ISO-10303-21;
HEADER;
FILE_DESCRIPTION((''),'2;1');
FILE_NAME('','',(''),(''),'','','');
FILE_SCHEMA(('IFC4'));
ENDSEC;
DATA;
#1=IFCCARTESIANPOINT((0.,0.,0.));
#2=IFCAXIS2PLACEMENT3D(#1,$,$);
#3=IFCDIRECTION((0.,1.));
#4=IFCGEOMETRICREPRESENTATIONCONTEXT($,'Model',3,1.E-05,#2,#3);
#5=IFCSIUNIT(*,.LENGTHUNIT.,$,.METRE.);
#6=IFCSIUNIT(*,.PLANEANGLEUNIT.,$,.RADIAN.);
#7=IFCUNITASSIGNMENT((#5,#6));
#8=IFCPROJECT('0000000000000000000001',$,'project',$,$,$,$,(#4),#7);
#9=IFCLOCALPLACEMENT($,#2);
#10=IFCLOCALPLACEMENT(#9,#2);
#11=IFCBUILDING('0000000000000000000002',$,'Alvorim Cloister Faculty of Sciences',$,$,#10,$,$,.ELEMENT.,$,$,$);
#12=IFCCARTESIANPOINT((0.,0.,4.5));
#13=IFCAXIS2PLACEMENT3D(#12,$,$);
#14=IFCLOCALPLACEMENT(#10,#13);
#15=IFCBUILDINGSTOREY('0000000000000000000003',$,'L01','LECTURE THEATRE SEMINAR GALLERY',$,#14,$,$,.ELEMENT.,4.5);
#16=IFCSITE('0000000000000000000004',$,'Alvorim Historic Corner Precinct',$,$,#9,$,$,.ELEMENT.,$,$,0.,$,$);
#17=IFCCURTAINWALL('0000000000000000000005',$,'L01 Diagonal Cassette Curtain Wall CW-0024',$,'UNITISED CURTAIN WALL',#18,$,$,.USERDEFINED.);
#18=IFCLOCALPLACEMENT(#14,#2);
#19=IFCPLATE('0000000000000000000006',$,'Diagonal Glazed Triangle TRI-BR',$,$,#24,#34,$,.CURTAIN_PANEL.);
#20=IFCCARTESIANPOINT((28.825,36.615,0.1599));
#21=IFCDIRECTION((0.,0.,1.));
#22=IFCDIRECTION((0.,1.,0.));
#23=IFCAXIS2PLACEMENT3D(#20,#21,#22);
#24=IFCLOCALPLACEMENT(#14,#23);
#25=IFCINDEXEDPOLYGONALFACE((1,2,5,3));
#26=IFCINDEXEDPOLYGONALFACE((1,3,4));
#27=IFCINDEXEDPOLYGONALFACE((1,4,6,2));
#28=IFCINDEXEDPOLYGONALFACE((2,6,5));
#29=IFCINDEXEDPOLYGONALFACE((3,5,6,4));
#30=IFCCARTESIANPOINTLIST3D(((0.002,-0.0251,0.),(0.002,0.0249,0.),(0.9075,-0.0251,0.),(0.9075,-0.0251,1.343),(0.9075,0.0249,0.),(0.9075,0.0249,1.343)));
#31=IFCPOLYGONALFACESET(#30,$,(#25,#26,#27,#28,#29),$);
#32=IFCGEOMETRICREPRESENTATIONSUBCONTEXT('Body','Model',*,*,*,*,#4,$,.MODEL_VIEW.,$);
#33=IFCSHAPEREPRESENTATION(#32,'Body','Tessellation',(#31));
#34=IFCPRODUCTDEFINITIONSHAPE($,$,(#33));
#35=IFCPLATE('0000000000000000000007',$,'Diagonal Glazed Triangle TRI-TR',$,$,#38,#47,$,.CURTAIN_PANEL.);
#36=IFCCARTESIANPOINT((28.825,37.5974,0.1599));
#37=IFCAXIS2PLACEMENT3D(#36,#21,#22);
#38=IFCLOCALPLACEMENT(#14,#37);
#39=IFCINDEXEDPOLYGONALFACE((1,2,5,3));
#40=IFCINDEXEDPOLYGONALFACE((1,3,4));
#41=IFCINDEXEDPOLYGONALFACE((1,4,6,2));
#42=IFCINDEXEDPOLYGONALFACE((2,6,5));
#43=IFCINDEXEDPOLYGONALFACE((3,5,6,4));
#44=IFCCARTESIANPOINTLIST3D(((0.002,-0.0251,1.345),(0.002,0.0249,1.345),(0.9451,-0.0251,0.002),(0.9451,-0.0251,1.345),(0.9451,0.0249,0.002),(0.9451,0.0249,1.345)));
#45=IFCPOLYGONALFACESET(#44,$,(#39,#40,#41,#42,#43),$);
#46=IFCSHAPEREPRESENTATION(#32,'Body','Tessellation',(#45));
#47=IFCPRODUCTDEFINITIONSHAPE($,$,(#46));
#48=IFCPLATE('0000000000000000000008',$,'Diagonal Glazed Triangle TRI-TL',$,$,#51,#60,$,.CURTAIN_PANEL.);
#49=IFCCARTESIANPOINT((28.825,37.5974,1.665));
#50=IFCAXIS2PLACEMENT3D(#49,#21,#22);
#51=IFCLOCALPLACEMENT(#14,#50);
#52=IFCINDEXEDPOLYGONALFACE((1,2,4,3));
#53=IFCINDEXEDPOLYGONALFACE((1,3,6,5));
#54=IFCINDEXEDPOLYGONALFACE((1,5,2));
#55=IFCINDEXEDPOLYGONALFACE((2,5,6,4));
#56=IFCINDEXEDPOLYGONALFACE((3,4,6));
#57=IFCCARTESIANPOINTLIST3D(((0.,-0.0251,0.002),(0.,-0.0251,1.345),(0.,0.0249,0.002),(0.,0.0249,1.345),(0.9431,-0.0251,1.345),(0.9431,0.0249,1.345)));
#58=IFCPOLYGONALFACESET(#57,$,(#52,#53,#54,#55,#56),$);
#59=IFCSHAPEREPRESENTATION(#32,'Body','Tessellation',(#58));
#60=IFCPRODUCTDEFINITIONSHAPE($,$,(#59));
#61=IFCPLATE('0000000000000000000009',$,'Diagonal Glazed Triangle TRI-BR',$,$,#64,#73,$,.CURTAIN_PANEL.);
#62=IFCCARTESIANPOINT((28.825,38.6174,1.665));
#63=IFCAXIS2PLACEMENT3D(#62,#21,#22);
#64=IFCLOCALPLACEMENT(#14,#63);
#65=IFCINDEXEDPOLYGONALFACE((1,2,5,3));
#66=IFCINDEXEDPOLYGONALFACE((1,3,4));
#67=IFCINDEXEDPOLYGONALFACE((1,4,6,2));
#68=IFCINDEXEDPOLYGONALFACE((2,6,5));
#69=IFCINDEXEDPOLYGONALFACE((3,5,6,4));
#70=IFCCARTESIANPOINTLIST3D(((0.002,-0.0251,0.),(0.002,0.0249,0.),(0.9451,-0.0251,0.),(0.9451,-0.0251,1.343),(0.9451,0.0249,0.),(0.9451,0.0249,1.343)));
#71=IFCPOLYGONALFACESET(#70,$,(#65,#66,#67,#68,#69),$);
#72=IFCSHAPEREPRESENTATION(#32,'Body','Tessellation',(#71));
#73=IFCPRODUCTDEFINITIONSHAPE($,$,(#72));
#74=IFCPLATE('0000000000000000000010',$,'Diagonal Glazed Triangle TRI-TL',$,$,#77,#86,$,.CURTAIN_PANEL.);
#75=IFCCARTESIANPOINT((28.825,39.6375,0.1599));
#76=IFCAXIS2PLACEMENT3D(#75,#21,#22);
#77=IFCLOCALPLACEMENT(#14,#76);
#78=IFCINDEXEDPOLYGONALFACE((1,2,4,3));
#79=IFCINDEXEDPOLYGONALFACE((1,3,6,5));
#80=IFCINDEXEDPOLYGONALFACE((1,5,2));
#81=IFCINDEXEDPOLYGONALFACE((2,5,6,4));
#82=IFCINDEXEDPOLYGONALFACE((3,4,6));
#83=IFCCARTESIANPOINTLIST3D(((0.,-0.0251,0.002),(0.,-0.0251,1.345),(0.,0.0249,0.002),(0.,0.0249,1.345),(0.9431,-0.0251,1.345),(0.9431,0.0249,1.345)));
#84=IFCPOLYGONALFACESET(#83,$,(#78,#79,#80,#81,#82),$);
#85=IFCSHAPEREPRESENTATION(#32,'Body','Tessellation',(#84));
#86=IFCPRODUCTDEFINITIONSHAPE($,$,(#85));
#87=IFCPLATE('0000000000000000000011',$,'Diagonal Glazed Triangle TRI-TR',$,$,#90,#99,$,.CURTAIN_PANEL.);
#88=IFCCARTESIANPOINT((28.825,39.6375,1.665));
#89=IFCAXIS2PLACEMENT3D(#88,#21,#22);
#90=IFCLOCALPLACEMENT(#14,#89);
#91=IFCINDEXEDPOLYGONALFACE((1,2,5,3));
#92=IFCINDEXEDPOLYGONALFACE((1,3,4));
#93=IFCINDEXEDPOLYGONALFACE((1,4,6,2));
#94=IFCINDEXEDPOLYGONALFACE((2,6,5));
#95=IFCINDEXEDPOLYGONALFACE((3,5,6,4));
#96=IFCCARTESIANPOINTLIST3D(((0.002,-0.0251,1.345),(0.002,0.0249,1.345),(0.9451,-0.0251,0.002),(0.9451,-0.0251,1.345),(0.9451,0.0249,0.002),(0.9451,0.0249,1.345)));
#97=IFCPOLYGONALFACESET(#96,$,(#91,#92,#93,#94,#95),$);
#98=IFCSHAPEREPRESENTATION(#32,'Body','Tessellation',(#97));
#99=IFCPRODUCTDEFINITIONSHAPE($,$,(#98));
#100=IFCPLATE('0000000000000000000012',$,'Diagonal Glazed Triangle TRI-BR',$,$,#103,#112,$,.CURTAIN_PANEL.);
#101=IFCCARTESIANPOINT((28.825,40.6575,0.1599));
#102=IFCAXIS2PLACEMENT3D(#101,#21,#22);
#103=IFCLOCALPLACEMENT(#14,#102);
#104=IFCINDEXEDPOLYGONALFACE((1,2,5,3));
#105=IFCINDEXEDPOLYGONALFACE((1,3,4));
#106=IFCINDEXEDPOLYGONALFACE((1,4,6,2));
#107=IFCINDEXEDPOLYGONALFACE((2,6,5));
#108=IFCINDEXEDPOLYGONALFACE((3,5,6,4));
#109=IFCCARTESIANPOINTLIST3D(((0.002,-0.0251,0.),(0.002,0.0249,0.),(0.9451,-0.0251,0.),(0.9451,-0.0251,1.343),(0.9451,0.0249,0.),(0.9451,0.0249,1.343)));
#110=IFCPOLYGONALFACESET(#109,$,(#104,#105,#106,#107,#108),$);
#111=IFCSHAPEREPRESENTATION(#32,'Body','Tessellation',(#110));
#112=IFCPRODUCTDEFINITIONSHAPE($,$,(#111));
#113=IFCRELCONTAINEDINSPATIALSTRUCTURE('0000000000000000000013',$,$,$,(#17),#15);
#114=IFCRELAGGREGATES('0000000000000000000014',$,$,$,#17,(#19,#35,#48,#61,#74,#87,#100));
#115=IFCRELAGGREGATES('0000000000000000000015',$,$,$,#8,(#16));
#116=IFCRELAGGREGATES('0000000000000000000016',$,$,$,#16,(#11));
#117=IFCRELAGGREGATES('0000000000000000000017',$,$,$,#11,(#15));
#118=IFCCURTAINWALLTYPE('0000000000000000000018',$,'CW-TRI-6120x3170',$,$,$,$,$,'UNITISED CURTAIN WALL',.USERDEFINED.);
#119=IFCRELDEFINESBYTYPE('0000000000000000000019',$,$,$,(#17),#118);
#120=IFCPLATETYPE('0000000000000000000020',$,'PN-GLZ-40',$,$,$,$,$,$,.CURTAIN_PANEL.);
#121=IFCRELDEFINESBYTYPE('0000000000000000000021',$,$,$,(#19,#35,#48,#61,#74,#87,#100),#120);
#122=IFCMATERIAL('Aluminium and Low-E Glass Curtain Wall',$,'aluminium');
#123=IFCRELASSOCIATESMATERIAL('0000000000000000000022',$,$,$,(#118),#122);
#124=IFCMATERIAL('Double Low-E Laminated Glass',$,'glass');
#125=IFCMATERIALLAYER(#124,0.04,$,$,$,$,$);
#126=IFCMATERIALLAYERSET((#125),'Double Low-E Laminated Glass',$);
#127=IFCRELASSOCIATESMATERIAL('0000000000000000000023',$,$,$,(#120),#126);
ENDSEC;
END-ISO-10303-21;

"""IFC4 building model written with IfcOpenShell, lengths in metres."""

from ifc_helpers import new_model, si_unit, direction, frame, origin, place, context, subcontext, project, spatial, polyline, outline, extrude, material, layer, layer_set, type_object, element, aggregate, save


model = new_model("IFC4")

# Units and contexts
model_context = context("Model", 3, precision=1e-05, world=origin(), true_north=direction((0.0, 1.0)))
body_context = subcontext(model_context, "Body", "Model", "MODEL_VIEW")
ifc_project = project(units=[si_unit("LENGTHUNIT", "METRE"), si_unit("PLANEANGLEUNIT", "RADIAN")], contexts=[model_context])

# Site, building, storey
site_placement = place(None, origin())
site = spatial("IfcSite", under=ifc_project, at=site_placement, Name="Alvorim Historic Corner Precinct", CompositionType="ELEMENT", RefElevation=0.0)
building_placement = place(site_placement, origin())
building = spatial("IfcBuilding", under=site, at=building_placement, Name="Alvorim Cloister Faculty of Sciences", CompositionType="ELEMENT")
storey_placement = place(building_placement, frame((0.0, 0.0, 4.5)))
storey = spatial("IfcBuildingStorey", under=building, at=storey_placement, Name="L01", Description="LECTURE THEATRE SEMINAR GALLERY", CompositionType="ELEMENT", Elevation=4.5)

# Curtain wall, plates
ifc_material_1 = material(Name="Aluminium and Low-E Glass Curtain Wall", Category="aluminium")
curtain_wall_type = type_object("IfcCurtainWallType", Name="CW-TRI-6120x3170", ElementType="UNITISED CURTAIN WALL", PredefinedType="USERDEFINED", material=ifc_material_1)
curtain_wall_placement = place(storey_placement, origin())
curtain_wall = element("IfcCurtainWall", 1, at=curtain_wall_placement, inside=storey, type_object=curtain_wall_type, Name="L01 Diagonal Cassette Curtain Wall CW-0024", ObjectType="UNITISED CURTAIN WALL", PredefinedType="USERDEFINED")
ifc_material_2 = material(Name="Double Low-E Laminated Glass", Category="glass")
ifc_layer = layer(ifc_material_2, 0.04)
ifc_layer_set = layer_set([ifc_layer], Name="Double Low-E Laminated Glass")
plate_type = type_object("IfcPlateType", Name="PN-GLZ-40", PredefinedType="CURTAIN_PANEL", material=ifc_layer_set)
plate_1_placement = place(storey_placement, frame((28.825, 36.615, 0.1599), z_axis=(0.0, 0.0, 1.0), x_axis=(0.0, 1.0, 0.0)))
plate_1 = element("IfcPlate", 2, at=plate_1_placement, type_object=plate_type, Name="Diagonal Glazed Triangle TRI-BR", PredefinedType="CURTAIN_PANEL", context=body_context, shape_type="SweptSolid", body=[
    extrude(outline(polyline([(0.002, 0.0), (0.9075, 0.0), (0.9075, 1.343), (0.002, 0.0)])), frame((0.0, 0.0249, 0.0), z_axis=(0.0, -1.0, 0.0), x_axis=(1.0, 0.0, 0.0)), (0.0, 0.0, 1.0), 0.05),
])
plate_2_placement = place(storey_placement, frame((28.825, 37.5974, 0.1599), z_axis=(0.0, 0.0, 1.0), x_axis=(0.0, 1.0, 0.0)))
plate_2 = element("IfcPlate", 3, at=plate_2_placement, type_object=plate_type, Name="Diagonal Glazed Triangle TRI-TR", PredefinedType="CURTAIN_PANEL", context=body_context, shape_type="SweptSolid", body=[
    extrude(outline(polyline([(0.9451, 0.002), (0.9451, 1.345), (0.002, 1.345), (0.9451, 0.002)])), frame((0.0, 0.0249, 0.0), z_axis=(0.0, -1.0, 0.0), x_axis=(1.0, 0.0, 0.0)), (0.0, 0.0, 1.0), 0.05),
])
plate_3_placement = place(storey_placement, frame((28.825, 37.5974, 1.665), z_axis=(0.0, 0.0, 1.0), x_axis=(0.0, 1.0, 0.0)))
plate_3 = element("IfcPlate", 4, at=plate_3_placement, type_object=plate_type, Name="Diagonal Glazed Triangle TRI-TL", PredefinedType="CURTAIN_PANEL", context=body_context, shape_type="SweptSolid", body=[
    extrude(outline(polyline([(0.9431, 1.345), (0.0, 1.345), (0.0, 0.002), (0.9431, 1.345)])), frame((0.0, 0.0249, 0.0), z_axis=(0.0, -1.0, 0.0), x_axis=(1.0, 0.0, 0.0)), (0.0, 0.0, 1.0), 0.05),
])
plate_4_placement = place(storey_placement, frame((28.825, 38.6174, 1.665), z_axis=(0.0, 0.0, 1.0), x_axis=(0.0, 1.0, 0.0)))
plate_4 = element("IfcPlate", 5, at=plate_4_placement, type_object=plate_type, Name="Diagonal Glazed Triangle TRI-BR", PredefinedType="CURTAIN_PANEL", context=body_context, shape_type="SweptSolid", body=[
    extrude(outline(polyline([(0.002, 0.0), (0.9451, 0.0), (0.9451, 1.343), (0.002, 0.0)])), frame((0.0, 0.0249, 0.0), z_axis=(0.0, -1.0, 0.0), x_axis=(1.0, 0.0, 0.0)), (0.0, 0.0, 1.0), 0.05),
])
plate_5_placement = place(storey_placement, frame((28.825, 39.6375, 0.1599), z_axis=(0.0, 0.0, 1.0), x_axis=(0.0, 1.0, 0.0)))
plate_5 = element("IfcPlate", 6, at=plate_5_placement, type_object=plate_type, Name="Diagonal Glazed Triangle TRI-TL", PredefinedType="CURTAIN_PANEL", context=body_context, shape_type="SweptSolid", body=[
    extrude(outline(polyline([(0.9431, 1.345), (0.0, 1.345), (0.0, 0.002), (0.9431, 1.345)])), frame((0.0, 0.0249, 0.0), z_axis=(0.0, -1.0, 0.0), x_axis=(1.0, 0.0, 0.0)), (0.0, 0.0, 1.0), 0.05),
])
plate_6_placement = place(storey_placement, frame((28.825, 39.6375, 1.665), z_axis=(0.0, 0.0, 1.0), x_axis=(0.0, 1.0, 0.0)))
plate_6 = element("IfcPlate", 7, at=plate_6_placement, type_object=plate_type, Name="Diagonal Glazed Triangle TRI-TR", PredefinedType="CURTAIN_PANEL", context=body_context, shape_type="SweptSolid", body=[
    extrude(outline(polyline([(0.9451, 0.002), (0.9451, 1.345), (0.002, 1.345), (0.9451, 0.002)])), frame((0.0, 0.0249, 0.0), z_axis=(0.0, -1.0, 0.0), x_axis=(1.0, 0.0, 0.0)), (0.0, 0.0, 1.0), 0.05),
])
plate_7_placement = place(storey_placement, frame((28.825, 40.6575, 0.1599), z_axis=(0.0, 0.0, 1.0), x_axis=(0.0, 1.0, 0.0)))
plate_7 = element("IfcPlate", 8, at=plate_7_placement, type_object=plate_type, Name="Diagonal Glazed Triangle TRI-BR", PredefinedType="CURTAIN_PANEL", context=body_context, shape_type="SweptSolid", body=[
    extrude(outline(polyline([(0.002, 0.0), (0.9451, 0.0), (0.9451, 1.343), (0.002, 0.0)])), frame((0.0, 0.0249, 0.0), z_axis=(0.0, -1.0, 0.0), x_axis=(1.0, 0.0, 0.0)), (0.0, 0.0, 1.0), 0.05),
])
aggregate(curtain_wall, [plate_1, plate_2, plate_3, plate_4, plate_5, plate_6, plate_7])

save(model, "model.ifc")
